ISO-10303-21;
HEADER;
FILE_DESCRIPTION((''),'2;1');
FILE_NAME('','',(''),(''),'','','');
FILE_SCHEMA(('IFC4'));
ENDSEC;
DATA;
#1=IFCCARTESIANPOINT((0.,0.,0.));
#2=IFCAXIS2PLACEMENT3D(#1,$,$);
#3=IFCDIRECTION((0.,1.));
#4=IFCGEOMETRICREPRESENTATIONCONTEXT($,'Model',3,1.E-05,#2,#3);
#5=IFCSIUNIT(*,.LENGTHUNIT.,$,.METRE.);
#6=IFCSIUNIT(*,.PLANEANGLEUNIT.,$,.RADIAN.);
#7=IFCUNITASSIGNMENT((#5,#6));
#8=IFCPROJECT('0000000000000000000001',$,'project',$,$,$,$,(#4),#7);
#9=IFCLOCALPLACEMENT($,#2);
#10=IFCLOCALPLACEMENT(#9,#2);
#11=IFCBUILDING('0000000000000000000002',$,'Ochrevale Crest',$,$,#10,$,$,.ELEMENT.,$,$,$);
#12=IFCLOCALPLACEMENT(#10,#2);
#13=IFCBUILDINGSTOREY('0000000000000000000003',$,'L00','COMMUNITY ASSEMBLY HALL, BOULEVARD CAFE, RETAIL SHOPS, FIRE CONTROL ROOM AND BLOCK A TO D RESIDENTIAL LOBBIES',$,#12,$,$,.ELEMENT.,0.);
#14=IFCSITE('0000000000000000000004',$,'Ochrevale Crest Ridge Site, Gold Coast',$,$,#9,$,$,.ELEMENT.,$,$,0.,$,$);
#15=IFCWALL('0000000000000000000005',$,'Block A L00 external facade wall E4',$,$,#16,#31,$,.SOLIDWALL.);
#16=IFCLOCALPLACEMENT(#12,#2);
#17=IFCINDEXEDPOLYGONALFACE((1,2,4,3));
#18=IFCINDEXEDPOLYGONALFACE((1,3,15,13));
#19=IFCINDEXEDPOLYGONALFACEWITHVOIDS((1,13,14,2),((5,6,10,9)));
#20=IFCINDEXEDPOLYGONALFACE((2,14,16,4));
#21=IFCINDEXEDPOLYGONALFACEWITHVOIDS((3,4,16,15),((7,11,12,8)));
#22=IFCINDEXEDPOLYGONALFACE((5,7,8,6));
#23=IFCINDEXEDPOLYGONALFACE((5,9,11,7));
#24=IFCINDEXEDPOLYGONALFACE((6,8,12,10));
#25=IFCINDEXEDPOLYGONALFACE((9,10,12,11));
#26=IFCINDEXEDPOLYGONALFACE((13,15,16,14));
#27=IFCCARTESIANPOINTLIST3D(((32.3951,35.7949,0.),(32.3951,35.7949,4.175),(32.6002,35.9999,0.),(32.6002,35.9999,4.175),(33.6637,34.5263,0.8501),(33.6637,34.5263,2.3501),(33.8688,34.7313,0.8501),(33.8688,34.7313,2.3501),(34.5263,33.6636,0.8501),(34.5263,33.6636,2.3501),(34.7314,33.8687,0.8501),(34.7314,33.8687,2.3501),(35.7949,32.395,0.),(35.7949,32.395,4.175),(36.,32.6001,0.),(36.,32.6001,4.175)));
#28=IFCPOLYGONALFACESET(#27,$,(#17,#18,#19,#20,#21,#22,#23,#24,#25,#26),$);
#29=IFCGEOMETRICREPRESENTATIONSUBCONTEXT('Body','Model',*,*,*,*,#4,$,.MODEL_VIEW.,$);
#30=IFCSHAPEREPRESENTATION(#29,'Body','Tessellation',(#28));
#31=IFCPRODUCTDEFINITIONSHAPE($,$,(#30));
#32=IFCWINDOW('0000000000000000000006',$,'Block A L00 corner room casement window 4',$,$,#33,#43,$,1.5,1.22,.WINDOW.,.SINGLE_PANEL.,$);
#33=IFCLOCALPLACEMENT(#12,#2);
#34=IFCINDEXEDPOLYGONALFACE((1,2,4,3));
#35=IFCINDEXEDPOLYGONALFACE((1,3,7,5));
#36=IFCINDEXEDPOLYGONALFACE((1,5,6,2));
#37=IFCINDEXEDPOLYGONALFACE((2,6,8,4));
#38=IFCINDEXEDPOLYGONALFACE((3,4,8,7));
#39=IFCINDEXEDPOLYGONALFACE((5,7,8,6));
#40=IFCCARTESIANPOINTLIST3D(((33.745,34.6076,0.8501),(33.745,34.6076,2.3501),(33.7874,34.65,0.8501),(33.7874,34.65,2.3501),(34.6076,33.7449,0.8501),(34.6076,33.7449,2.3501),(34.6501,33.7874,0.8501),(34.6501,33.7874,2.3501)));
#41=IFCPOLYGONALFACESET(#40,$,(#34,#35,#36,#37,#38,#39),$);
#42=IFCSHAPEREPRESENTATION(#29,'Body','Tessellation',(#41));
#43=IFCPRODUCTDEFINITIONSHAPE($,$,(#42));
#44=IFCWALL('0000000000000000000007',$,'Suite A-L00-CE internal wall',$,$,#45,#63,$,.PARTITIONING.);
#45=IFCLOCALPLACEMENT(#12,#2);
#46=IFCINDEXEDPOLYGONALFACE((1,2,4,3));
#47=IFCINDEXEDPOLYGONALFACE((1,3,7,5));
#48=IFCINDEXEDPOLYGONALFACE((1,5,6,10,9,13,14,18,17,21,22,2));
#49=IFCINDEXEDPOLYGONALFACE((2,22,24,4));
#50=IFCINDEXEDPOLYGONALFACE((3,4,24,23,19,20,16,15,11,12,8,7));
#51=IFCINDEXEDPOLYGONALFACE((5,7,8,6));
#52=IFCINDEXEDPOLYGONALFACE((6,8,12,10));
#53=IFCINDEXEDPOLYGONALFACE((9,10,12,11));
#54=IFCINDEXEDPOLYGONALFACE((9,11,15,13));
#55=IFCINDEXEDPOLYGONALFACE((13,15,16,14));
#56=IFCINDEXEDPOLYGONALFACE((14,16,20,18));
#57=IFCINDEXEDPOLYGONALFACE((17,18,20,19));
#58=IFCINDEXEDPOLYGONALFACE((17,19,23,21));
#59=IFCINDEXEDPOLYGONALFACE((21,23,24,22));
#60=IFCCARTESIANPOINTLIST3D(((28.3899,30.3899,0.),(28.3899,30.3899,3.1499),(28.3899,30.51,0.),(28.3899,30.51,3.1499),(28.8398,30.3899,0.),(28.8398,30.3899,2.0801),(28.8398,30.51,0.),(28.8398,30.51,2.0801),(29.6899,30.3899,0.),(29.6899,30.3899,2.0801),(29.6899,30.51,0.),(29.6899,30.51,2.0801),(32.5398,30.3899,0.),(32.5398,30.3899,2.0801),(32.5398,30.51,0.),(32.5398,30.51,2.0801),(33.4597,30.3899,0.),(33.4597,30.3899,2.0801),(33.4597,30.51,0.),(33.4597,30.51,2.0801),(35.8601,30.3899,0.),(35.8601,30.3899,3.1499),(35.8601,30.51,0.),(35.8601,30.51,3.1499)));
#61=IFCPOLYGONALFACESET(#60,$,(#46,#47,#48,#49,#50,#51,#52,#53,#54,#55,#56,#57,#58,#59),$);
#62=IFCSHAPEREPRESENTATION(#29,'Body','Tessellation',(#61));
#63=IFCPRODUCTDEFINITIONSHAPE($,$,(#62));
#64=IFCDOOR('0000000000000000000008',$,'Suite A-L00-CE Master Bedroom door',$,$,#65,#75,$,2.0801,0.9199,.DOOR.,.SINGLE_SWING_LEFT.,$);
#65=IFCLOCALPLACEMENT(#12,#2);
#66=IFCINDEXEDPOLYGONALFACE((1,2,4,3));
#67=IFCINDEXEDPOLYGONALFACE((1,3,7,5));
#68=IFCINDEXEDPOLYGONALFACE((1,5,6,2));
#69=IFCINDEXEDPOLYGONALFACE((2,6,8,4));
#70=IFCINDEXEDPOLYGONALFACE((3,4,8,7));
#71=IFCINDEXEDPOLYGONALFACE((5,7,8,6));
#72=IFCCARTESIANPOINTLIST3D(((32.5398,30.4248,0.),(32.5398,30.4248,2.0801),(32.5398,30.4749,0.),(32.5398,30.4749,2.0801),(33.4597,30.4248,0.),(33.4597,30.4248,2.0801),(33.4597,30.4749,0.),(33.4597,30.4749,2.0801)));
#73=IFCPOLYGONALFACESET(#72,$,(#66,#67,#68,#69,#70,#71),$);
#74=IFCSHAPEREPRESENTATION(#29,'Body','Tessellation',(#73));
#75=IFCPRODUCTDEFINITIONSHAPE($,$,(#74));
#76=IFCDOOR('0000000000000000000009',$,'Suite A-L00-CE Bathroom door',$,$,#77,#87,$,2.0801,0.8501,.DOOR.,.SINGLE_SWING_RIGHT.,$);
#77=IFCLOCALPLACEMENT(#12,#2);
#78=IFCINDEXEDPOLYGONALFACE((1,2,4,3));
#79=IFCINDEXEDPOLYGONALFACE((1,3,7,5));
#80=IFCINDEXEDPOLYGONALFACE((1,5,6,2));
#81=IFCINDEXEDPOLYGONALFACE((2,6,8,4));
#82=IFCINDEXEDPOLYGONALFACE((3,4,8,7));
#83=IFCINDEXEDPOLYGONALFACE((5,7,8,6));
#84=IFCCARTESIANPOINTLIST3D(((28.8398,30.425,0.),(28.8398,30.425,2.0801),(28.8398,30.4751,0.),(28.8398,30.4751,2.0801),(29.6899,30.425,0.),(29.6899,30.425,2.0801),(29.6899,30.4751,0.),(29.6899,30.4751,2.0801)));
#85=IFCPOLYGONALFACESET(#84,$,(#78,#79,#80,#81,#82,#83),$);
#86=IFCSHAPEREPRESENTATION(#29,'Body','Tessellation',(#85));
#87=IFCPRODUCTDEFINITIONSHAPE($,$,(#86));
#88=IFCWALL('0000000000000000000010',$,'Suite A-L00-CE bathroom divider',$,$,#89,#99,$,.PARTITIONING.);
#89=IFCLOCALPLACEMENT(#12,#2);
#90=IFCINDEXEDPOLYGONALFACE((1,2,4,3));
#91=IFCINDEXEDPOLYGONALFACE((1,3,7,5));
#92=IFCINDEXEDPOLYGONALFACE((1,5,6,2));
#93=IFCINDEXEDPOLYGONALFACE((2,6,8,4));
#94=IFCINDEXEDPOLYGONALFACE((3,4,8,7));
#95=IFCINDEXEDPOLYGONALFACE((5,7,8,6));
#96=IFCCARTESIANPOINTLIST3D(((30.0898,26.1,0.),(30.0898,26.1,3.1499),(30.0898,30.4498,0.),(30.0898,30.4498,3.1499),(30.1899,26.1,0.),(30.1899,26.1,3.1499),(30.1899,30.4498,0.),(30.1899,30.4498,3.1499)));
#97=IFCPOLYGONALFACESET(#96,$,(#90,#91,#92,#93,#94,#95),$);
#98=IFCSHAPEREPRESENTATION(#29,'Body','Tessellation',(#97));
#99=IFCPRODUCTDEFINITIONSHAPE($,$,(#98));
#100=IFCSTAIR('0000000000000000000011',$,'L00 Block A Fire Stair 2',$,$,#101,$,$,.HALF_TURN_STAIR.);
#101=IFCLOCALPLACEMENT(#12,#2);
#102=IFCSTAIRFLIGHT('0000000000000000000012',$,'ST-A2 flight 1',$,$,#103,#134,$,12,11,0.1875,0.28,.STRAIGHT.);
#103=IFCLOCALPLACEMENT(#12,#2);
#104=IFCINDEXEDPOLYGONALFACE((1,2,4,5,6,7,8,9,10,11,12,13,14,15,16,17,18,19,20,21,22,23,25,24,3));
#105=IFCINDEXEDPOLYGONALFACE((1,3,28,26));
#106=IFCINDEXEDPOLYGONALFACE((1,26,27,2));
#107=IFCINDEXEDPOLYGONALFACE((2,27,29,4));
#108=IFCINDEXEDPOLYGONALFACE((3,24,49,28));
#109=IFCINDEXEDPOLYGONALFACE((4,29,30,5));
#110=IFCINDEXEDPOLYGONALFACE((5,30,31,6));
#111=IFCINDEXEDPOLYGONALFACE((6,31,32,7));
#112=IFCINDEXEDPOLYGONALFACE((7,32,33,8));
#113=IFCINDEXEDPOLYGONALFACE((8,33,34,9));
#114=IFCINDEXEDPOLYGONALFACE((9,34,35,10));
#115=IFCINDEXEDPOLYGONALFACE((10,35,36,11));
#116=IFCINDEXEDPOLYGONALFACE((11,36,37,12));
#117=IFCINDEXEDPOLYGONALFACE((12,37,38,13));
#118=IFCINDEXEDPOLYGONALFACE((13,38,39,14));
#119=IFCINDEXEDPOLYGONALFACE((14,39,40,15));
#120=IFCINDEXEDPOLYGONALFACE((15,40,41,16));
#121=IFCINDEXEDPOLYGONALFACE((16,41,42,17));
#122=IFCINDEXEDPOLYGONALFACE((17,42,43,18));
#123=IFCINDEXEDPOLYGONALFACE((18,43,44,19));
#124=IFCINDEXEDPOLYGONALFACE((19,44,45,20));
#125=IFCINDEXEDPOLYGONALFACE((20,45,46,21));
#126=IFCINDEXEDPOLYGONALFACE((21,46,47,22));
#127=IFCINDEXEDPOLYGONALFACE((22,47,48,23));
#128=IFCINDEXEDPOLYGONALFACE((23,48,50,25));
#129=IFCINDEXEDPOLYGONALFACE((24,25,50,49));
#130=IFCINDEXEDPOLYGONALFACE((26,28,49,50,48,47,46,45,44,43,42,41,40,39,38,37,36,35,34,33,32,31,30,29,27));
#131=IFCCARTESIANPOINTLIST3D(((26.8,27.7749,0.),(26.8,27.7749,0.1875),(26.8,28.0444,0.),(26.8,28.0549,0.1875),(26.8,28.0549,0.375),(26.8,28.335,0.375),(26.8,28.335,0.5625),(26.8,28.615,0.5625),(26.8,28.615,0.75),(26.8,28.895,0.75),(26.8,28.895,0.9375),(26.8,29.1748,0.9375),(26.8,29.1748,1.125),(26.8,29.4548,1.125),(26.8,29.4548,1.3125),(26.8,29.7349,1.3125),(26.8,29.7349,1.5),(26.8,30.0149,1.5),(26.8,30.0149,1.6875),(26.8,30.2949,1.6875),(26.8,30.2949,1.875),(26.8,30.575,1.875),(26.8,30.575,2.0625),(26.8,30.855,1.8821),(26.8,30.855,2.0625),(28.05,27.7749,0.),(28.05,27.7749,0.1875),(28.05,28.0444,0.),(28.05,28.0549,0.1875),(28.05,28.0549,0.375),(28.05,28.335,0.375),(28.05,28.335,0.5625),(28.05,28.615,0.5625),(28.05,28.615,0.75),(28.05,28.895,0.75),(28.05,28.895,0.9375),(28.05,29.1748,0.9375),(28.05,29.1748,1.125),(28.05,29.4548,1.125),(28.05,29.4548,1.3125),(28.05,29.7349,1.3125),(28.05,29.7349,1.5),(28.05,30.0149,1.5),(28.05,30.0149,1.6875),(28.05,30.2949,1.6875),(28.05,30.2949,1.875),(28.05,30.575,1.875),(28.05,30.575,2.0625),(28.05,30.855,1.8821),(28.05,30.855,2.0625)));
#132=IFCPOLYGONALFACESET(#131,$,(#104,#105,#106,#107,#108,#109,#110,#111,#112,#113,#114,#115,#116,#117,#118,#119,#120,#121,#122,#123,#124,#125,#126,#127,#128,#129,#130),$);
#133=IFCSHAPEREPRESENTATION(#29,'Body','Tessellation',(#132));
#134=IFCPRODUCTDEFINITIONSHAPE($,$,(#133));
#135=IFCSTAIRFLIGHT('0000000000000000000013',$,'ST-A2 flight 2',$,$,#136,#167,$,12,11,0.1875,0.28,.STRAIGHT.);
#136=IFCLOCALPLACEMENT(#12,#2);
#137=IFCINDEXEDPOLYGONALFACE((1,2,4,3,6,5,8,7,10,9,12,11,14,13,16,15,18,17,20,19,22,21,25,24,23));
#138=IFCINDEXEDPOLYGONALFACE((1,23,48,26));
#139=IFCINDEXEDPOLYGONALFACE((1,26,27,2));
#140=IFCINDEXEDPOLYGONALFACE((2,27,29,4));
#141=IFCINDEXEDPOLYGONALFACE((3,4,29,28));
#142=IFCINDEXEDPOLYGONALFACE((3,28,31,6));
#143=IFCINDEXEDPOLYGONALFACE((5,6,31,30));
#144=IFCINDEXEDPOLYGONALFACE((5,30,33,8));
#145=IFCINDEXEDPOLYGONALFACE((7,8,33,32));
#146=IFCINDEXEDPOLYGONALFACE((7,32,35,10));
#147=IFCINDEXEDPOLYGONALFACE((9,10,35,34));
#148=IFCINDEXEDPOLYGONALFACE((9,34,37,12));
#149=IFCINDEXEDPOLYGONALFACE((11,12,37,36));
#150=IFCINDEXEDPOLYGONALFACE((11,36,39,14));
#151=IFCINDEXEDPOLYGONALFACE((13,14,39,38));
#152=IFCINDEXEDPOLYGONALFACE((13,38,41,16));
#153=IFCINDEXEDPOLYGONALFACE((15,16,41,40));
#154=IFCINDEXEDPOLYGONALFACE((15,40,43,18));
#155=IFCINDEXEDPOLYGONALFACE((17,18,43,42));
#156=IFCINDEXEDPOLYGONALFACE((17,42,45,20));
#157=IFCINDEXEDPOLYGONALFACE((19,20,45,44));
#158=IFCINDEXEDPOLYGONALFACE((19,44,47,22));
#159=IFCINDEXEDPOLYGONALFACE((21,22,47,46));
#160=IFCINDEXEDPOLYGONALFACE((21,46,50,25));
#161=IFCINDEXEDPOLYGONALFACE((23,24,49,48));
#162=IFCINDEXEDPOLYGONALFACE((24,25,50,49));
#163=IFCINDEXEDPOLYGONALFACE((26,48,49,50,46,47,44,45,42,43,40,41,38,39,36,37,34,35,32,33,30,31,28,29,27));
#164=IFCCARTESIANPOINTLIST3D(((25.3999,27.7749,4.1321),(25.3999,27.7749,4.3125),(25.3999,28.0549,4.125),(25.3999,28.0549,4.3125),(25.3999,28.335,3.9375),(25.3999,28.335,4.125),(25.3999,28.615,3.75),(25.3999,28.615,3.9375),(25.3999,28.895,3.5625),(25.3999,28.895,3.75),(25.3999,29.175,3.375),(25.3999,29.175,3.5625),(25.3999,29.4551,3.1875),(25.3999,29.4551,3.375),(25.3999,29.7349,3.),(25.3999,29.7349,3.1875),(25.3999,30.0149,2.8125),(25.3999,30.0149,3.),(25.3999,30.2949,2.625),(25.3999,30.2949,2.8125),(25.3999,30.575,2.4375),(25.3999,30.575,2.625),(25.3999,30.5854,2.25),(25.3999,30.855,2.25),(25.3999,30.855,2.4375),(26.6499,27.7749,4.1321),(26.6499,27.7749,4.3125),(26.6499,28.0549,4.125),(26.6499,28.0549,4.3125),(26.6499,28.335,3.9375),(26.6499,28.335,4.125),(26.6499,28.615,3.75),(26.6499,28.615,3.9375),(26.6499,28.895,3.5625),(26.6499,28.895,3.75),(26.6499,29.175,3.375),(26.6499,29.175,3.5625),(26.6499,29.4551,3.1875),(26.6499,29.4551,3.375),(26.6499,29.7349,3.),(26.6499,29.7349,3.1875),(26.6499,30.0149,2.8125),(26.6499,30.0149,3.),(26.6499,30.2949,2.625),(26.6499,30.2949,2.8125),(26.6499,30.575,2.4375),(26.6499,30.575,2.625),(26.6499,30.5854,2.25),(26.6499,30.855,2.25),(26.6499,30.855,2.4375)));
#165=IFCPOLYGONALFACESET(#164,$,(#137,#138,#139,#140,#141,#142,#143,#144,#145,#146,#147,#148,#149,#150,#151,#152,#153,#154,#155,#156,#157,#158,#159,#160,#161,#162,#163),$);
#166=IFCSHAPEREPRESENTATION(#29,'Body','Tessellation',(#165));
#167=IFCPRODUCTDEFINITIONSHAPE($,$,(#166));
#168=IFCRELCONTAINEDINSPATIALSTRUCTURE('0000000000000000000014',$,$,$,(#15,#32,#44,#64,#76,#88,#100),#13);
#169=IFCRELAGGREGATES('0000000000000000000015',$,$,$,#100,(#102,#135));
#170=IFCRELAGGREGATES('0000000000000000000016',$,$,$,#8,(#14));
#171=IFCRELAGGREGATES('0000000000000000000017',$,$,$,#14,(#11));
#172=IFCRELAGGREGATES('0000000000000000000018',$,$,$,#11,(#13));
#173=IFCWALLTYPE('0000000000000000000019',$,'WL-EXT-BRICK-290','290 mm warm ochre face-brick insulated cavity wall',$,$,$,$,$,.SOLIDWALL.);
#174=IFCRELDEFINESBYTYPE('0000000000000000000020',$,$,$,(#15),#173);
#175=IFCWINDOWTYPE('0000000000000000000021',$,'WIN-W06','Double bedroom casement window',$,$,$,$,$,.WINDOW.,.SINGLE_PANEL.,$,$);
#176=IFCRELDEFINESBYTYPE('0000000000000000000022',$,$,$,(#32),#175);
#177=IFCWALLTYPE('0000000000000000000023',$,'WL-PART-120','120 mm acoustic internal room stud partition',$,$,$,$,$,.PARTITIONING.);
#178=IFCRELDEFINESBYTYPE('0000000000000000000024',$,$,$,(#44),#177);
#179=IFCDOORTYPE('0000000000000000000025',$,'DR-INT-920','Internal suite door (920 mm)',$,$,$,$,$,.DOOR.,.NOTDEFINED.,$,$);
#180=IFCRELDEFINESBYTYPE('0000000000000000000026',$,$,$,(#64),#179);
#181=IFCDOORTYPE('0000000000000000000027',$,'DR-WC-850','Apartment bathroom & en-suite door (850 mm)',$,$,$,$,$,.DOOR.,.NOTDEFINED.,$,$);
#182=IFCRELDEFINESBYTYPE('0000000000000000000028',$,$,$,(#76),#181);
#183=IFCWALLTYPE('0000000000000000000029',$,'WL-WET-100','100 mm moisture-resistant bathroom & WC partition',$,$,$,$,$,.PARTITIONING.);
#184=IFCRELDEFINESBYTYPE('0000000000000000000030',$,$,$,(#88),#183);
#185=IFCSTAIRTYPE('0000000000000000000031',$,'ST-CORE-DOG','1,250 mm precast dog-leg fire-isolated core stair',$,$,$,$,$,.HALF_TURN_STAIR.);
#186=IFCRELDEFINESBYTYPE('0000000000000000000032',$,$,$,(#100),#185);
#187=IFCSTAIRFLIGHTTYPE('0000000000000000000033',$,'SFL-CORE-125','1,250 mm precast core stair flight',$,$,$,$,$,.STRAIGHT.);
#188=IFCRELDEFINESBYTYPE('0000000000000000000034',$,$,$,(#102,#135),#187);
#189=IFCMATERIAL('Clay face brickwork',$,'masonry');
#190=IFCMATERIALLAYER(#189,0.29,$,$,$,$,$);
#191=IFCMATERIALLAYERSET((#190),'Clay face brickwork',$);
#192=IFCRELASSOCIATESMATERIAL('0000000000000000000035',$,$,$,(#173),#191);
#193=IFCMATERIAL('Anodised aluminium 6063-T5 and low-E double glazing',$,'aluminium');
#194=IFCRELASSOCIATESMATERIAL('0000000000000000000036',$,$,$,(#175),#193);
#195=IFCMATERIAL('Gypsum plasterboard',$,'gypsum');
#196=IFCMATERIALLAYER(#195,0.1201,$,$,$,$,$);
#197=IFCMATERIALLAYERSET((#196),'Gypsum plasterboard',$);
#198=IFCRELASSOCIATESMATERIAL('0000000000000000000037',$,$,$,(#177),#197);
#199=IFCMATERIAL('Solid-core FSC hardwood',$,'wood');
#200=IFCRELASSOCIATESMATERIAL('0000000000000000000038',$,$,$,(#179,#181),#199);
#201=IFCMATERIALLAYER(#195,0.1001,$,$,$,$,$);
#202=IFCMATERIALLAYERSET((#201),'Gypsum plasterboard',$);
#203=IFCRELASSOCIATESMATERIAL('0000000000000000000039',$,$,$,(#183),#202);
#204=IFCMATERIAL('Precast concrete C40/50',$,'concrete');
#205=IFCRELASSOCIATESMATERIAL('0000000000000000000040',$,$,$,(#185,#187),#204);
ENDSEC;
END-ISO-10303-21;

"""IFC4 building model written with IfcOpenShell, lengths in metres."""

from ifc_helpers import new_model, si_unit, direction, frame, frame_2d, origin, place, context, subcontext, project, spatial, polyline, rectangle, outline, extrude, material, layer, layer_set, type_object, element, fill, aggregate, save


model = new_model("IFC4")

# Units and contexts
model_context = context("Model", 3, precision=1e-05, world=origin(), true_north=direction((0.0, 1.0)))
body_context = subcontext(model_context, "Body", "Model", "MODEL_VIEW")
ifc_project = project(units=[si_unit("LENGTHUNIT", "METRE"), si_unit("PLANEANGLEUNIT", "RADIAN")], contexts=[model_context])

# Site, building, storey
site_placement = place(None, origin())
site = spatial("IfcSite", under=ifc_project, at=site_placement, Name="Ochrevale Crest Ridge Site, Gold Coast", CompositionType="ELEMENT", RefElevation=0.0)
building_placement = place(site_placement, origin())
building = spatial("IfcBuilding", under=site, at=building_placement, Name="Ochrevale Crest", CompositionType="ELEMENT")
storey_placement = place(building_placement, origin())
storey = spatial("IfcBuildingStorey", under=building, at=storey_placement, Name="L00", Description="COMMUNITY ASSEMBLY HALL, BOULEVARD CAFE, RETAIL SHOPS, FIRE CONTROL ROOM AND BLOCK A TO D RESIDENTIAL LOBBIES", CompositionType="ELEMENT", Elevation=0.0)

# Shared definitions
ifc_material_1 = material(Name="Gypsum plasterboard", Category="gypsum")
ifc_material_2 = material(Name="Solid-core FSC hardwood", Category="wood")

# Wall, opening, window
ifc_material_3 = material(Name="Clay face brickwork", Category="masonry")
ifc_layer_1 = layer(ifc_material_3, 0.29)
ifc_layer_set_1 = layer_set([ifc_layer_1], Name="Clay face brickwork")
wall_type_1 = type_object("IfcWallType", Name="WL-EXT-BRICK-290", Description="290 mm warm ochre face-brick insulated cavity wall", PredefinedType="SOLIDWALL", material=ifc_layer_set_1)
wall_1_placement = place(storey_placement, frame((35.8975, 32.4976, 0.0), z_axis=(0.0, 0.0, 1.0), x_axis=(-0.707107, 0.707107, 0.0)))
wall_1 = element("IfcWall", 1, at=wall_1_placement, inside=storey, type_object=wall_type_1, Name="Block A L00 external facade wall E4", PredefinedType="SOLIDWALL", context=body_context, shape_type="SweptSolid", body=[
    extrude(rectangle(XDim=4.8081, YDim=0.29, at=frame_2d((2.4041, 0.0))), origin(), (0.0, 0.0, 1.0), 4.175),
])
opening_1_placement = place(wall_1_placement, frame((1.7942, 0.0, 0.8501)))
opening_1 = element("IfcOpeningElement", 2, at=opening_1_placement, cuts=wall_1, PredefinedType="OPENING", context=body_context, shape_type="SweptSolid", body=[
    extrude(rectangle(XDim=1.22, YDim=1.5, at=frame_2d((0.6099, 0.75))), frame((0.0, 0.155, 0.0), z_axis=(0.0, -1.0, 0.0), x_axis=(1.0, 0.0, 0.0)), (0.0, 0.0, 1.0), 0.3101),
])
ifc_material_4 = material(Name="Anodised aluminium 6063-T5 and low-E double glazing", Category="aluminium")
window_type = type_object("IfcWindowType", Name="WIN-W06", Description="Double bedroom casement window", PartitioningType="SINGLE_PANEL", PredefinedType="WINDOW", material=ifc_material_4)
window_placement = place(opening_1_placement, origin())
window = element("IfcWindow", 3, at=window_placement, inside=storey, type_object=window_type, Name="Block A L00 corner room casement window 4", OverallHeight=1.5, OverallWidth=1.22, PartitioningType="SINGLE_PANEL", PredefinedType="WINDOW", context=body_context, shape_type="SweptSolid", body=[
    extrude(rectangle(XDim=1.22, YDim=1.5, at=frame_2d((0.6099, 0.75))), frame((0.0, 0.03, 0.0), z_axis=(0.0, -1.0, 0.0), x_axis=(1.0, 0.0, 0.0)), (0.0, 0.0, 1.0), 0.0601),
])
fill(opening_1, window)

# Wall, openings, doors
ifc_layer_2 = layer(ifc_material_1, 0.1201)
ifc_layer_set_2 = layer_set([ifc_layer_2], Name="Gypsum plasterboard")
wall_type_2 = type_object("IfcWallType", Name="WL-PART-120", Description="120 mm acoustic internal room stud partition", PredefinedType="PARTITIONING", material=ifc_layer_set_2)
wall_2_placement = place(storey_placement, frame((28.3899, 30.45, 0.0), z_axis=(0.0, 0.0, 1.0), x_axis=(1.0, 0.0, 0.0)))
wall_2 = element("IfcWall", 4, at=wall_2_placement, inside=storey, type_object=wall_type_2, Name="Suite A-L00-CE internal wall", PredefinedType="PARTITIONING", context=body_context, shape_type="SweptSolid", body=[
    extrude(rectangle(XDim=7.4702, YDim=0.1201, at=frame_2d((3.7351, 0.0))), origin(), (0.0, 0.0, 1.0), 3.1499),
])
opening_2_placement = place(wall_2_placement, frame((1.3, 0.0, 0.0), z_axis=(0.0, 0.0, 1.0), x_axis=(-1.0, 0.0, 0.0)))
opening_2 = element("IfcOpeningElement", 5, at=opening_2_placement, cuts=wall_2, PredefinedType="OPENING", context=body_context, shape_type="SweptSolid", body=[
    extrude(rectangle(XDim=0.8501, YDim=2.0801, at=frame_2d((0.425, 1.04))), frame((0.0, 0.0701, 0.0), z_axis=(0.0, -1.0, 0.0), x_axis=(1.0, 0.0, 0.0)), (0.0, 0.0, 1.0), 0.1401),
])
opening_3_placement = place(wall_2_placement, frame((4.1499, 0.0, 0.0)))
opening_3 = element("IfcOpeningElement", 6, at=opening_3_placement, cuts=wall_2, PredefinedType="OPENING", context=body_context, shape_type="SweptSolid", body=[
    extrude(rectangle(XDim=0.9199, YDim=2.0801, at=frame_2d((0.46, 1.04))), frame((0.0, 0.0701, 0.0), z_axis=(0.0, -1.0, 0.0), x_axis=(1.0, 0.0, 0.0)), (0.0, 0.0, 1.0), 0.1401),
])
door_type_1 = type_object("IfcDoorType", Name="DR-INT-920", Description="Internal suite door (920 mm)", OperationType="NOTDEFINED", PredefinedType="DOOR", material=ifc_material_2)
door_1_placement = place(opening_3_placement, origin())
door_1 = element("IfcDoor", 7, at=door_1_placement, inside=storey, type_object=door_type_1, Name="Suite A-L00-CE Master Bedroom door", OperationType="SINGLE_SWING_LEFT", OverallHeight=2.0801, OverallWidth=0.9199, PredefinedType="DOOR", context=body_context, shape_type="SweptSolid", body=[
    extrude(rectangle(XDim=0.9199, YDim=2.0801, at=frame_2d((0.46, 1.04))), frame((0.0, 0.0249, 0.0), z_axis=(0.0, -1.0, 0.0), x_axis=(1.0, 0.0, 0.0)), (0.0, 0.0, 1.0), 0.05),
])
fill(opening_3, door_1)
door_type_2 = type_object("IfcDoorType", Name="DR-WC-850", Description="Apartment bathroom & en-suite door (850 mm)", OperationType="NOTDEFINED", PredefinedType="DOOR", material=ifc_material_2)
door_2_placement = place(opening_2_placement, origin())
door_2 = element("IfcDoor", 8, at=door_2_placement, inside=storey, type_object=door_type_2, Name="Suite A-L00-CE Bathroom door", OperationType="SINGLE_SWING_RIGHT", OverallHeight=2.0801, OverallWidth=0.8501, PredefinedType="DOOR", context=body_context, shape_type="SweptSolid", body=[
    extrude(rectangle(XDim=0.8501, YDim=2.0801, at=frame_2d((0.425, 1.04))), frame((0.0, 0.0249, 0.0), z_axis=(0.0, -1.0, 0.0), x_axis=(1.0, 0.0, 0.0)), (0.0, 0.0, 1.0), 0.05),
])
fill(opening_2, door_2)

# Wall
ifc_layer_3 = layer(ifc_material_1, 0.1001)
ifc_layer_set_3 = layer_set([ifc_layer_3], Name="Gypsum plasterboard")
wall_type_3 = type_object("IfcWallType", Name="WL-WET-100", Description="100 mm moisture-resistant bathroom & WC partition", PredefinedType="PARTITIONING", material=ifc_layer_set_3)
wall_3_placement = place(storey_placement, frame((30.1399, 26.1001, 0.0), z_axis=(0.0, 0.0, 1.0), x_axis=(0.0, 1.0, 0.0)))
element("IfcWall", 9, at=wall_3_placement, inside=storey, type_object=wall_type_3, Name="Suite A-L00-CE bathroom divider", PredefinedType="PARTITIONING", context=body_context, shape_type="SweptSolid", body=[
    extrude(rectangle(XDim=4.3499, YDim=0.1001, at=frame_2d((2.1748, 0.0))), origin(), (0.0, 0.0, 1.0), 3.1499),
])

# Stair, stair flights
ifc_material_5 = material(Name="Precast concrete C40/50", Category="concrete")
stair_type = type_object("IfcStairType", Name="ST-CORE-DOG", Description="1,250 mm precast dog-leg fire-isolated core stair", PredefinedType="HALF_TURN_STAIR", material=ifc_material_5)
stair_placement = place(storey_placement, origin())
stair = element("IfcStair", 10, at=stair_placement, inside=storey, type_object=stair_type, Name="L00 Block A Fire Stair 2", PredefinedType="HALF_TURN_STAIR")
stair_flight_type = type_object("IfcStairFlightType", Name="SFL-CORE-125", Description="1,250 mm precast core stair flight", PredefinedType="STRAIGHT", material=ifc_material_5)
stair_flight_1_placement = place(storey_placement, frame((27.425, 27.7749, 0.0), z_axis=(0.0, 0.0, 1.0), x_axis=(0.0, 1.0, 0.0)))
stair_flight_1 = element("IfcStairFlight", 11, at=stair_flight_1_placement, type_object=stair_flight_type, Name="ST-A2 flight 1", NumberOfRisers=12, NumberOfTreads=11, PredefinedType="STRAIGHT", RiserHeight=0.1875, TreadLength=0.28, context=body_context, shape_type="SweptSolid", body=[
    extrude(outline(polyline([(0.0, 0.0), (0.0, 0.1875), (0.28, 0.1875), (0.28, 0.375), (0.5601, 0.375), (0.5601, 0.5625), (0.8401, 0.5625), (0.8401, 0.75), (1.1201, 0.75), (1.1201, 0.9375), (1.3999, 0.9375), (1.3999, 1.125), (1.6799, 1.125), (1.6799, 1.3125), (1.96, 1.3125), (1.96, 1.5), (2.24, 1.5), (2.24, 1.6875), (2.52, 1.6875), (2.52, 1.875), (2.8, 1.875), (2.8, 2.0625), (3.0801, 2.0625), (3.0801, 2.25), (3.0801, 1.8821), (0.2695, 0.0), (0.0, 0.0)])), frame((0.0, 0.625, 0.0), z_axis=(0.0, -1.0, 0.0), x_axis=(1.0, 0.0, 0.0)), (0.0, 0.0, 1.0), 1.25),
])
stair_flight_2_placement = place(storey_placement, frame((26.0249, 30.855, 2.25), z_axis=(0.0, 0.0, 1.0), x_axis=(0.0, -1.0, 0.0)))
stair_flight_2 = element("IfcStairFlight", 12, at=stair_flight_2_placement, type_object=stair_flight_type, Name="ST-A2 flight 2", NumberOfRisers=12, NumberOfTreads=11, PredefinedType="STRAIGHT", RiserHeight=0.1875, TreadLength=0.28, context=body_context, shape_type="SweptSolid", body=[
    extrude(outline(polyline([(0.0, 0.0), (0.0, 0.1875), (0.28, 0.1875), (0.28, 0.375), (0.5601, 0.375), (0.5601, 0.5625), (0.8401, 0.5625), (0.8401, 0.75), (1.1201, 0.75), (1.1201, 0.9375), (1.3999, 0.9375), (1.3999, 1.125), (1.6799, 1.125), (1.6799, 1.3125), (1.96, 1.3125), (1.96, 1.5), (2.24, 1.5), (2.24, 1.6875), (2.52, 1.6875), (2.52, 1.875), (2.8, 1.875), (2.8, 2.0625), (3.0801, 2.0625), (3.0801, 2.25), (3.0801, 1.8821), (0.2695, 0.0), (0.0, 0.0)])), frame((0.0, 0.625, 0.0), z_axis=(0.0, -1.0, 0.0), x_axis=(1.0, 0.0, 0.0)), (0.0, 0.0, 1.0), 1.25),
])
aggregate(stair, [stair_flight_1, stair_flight_2])

save(model, "model.ifc")
